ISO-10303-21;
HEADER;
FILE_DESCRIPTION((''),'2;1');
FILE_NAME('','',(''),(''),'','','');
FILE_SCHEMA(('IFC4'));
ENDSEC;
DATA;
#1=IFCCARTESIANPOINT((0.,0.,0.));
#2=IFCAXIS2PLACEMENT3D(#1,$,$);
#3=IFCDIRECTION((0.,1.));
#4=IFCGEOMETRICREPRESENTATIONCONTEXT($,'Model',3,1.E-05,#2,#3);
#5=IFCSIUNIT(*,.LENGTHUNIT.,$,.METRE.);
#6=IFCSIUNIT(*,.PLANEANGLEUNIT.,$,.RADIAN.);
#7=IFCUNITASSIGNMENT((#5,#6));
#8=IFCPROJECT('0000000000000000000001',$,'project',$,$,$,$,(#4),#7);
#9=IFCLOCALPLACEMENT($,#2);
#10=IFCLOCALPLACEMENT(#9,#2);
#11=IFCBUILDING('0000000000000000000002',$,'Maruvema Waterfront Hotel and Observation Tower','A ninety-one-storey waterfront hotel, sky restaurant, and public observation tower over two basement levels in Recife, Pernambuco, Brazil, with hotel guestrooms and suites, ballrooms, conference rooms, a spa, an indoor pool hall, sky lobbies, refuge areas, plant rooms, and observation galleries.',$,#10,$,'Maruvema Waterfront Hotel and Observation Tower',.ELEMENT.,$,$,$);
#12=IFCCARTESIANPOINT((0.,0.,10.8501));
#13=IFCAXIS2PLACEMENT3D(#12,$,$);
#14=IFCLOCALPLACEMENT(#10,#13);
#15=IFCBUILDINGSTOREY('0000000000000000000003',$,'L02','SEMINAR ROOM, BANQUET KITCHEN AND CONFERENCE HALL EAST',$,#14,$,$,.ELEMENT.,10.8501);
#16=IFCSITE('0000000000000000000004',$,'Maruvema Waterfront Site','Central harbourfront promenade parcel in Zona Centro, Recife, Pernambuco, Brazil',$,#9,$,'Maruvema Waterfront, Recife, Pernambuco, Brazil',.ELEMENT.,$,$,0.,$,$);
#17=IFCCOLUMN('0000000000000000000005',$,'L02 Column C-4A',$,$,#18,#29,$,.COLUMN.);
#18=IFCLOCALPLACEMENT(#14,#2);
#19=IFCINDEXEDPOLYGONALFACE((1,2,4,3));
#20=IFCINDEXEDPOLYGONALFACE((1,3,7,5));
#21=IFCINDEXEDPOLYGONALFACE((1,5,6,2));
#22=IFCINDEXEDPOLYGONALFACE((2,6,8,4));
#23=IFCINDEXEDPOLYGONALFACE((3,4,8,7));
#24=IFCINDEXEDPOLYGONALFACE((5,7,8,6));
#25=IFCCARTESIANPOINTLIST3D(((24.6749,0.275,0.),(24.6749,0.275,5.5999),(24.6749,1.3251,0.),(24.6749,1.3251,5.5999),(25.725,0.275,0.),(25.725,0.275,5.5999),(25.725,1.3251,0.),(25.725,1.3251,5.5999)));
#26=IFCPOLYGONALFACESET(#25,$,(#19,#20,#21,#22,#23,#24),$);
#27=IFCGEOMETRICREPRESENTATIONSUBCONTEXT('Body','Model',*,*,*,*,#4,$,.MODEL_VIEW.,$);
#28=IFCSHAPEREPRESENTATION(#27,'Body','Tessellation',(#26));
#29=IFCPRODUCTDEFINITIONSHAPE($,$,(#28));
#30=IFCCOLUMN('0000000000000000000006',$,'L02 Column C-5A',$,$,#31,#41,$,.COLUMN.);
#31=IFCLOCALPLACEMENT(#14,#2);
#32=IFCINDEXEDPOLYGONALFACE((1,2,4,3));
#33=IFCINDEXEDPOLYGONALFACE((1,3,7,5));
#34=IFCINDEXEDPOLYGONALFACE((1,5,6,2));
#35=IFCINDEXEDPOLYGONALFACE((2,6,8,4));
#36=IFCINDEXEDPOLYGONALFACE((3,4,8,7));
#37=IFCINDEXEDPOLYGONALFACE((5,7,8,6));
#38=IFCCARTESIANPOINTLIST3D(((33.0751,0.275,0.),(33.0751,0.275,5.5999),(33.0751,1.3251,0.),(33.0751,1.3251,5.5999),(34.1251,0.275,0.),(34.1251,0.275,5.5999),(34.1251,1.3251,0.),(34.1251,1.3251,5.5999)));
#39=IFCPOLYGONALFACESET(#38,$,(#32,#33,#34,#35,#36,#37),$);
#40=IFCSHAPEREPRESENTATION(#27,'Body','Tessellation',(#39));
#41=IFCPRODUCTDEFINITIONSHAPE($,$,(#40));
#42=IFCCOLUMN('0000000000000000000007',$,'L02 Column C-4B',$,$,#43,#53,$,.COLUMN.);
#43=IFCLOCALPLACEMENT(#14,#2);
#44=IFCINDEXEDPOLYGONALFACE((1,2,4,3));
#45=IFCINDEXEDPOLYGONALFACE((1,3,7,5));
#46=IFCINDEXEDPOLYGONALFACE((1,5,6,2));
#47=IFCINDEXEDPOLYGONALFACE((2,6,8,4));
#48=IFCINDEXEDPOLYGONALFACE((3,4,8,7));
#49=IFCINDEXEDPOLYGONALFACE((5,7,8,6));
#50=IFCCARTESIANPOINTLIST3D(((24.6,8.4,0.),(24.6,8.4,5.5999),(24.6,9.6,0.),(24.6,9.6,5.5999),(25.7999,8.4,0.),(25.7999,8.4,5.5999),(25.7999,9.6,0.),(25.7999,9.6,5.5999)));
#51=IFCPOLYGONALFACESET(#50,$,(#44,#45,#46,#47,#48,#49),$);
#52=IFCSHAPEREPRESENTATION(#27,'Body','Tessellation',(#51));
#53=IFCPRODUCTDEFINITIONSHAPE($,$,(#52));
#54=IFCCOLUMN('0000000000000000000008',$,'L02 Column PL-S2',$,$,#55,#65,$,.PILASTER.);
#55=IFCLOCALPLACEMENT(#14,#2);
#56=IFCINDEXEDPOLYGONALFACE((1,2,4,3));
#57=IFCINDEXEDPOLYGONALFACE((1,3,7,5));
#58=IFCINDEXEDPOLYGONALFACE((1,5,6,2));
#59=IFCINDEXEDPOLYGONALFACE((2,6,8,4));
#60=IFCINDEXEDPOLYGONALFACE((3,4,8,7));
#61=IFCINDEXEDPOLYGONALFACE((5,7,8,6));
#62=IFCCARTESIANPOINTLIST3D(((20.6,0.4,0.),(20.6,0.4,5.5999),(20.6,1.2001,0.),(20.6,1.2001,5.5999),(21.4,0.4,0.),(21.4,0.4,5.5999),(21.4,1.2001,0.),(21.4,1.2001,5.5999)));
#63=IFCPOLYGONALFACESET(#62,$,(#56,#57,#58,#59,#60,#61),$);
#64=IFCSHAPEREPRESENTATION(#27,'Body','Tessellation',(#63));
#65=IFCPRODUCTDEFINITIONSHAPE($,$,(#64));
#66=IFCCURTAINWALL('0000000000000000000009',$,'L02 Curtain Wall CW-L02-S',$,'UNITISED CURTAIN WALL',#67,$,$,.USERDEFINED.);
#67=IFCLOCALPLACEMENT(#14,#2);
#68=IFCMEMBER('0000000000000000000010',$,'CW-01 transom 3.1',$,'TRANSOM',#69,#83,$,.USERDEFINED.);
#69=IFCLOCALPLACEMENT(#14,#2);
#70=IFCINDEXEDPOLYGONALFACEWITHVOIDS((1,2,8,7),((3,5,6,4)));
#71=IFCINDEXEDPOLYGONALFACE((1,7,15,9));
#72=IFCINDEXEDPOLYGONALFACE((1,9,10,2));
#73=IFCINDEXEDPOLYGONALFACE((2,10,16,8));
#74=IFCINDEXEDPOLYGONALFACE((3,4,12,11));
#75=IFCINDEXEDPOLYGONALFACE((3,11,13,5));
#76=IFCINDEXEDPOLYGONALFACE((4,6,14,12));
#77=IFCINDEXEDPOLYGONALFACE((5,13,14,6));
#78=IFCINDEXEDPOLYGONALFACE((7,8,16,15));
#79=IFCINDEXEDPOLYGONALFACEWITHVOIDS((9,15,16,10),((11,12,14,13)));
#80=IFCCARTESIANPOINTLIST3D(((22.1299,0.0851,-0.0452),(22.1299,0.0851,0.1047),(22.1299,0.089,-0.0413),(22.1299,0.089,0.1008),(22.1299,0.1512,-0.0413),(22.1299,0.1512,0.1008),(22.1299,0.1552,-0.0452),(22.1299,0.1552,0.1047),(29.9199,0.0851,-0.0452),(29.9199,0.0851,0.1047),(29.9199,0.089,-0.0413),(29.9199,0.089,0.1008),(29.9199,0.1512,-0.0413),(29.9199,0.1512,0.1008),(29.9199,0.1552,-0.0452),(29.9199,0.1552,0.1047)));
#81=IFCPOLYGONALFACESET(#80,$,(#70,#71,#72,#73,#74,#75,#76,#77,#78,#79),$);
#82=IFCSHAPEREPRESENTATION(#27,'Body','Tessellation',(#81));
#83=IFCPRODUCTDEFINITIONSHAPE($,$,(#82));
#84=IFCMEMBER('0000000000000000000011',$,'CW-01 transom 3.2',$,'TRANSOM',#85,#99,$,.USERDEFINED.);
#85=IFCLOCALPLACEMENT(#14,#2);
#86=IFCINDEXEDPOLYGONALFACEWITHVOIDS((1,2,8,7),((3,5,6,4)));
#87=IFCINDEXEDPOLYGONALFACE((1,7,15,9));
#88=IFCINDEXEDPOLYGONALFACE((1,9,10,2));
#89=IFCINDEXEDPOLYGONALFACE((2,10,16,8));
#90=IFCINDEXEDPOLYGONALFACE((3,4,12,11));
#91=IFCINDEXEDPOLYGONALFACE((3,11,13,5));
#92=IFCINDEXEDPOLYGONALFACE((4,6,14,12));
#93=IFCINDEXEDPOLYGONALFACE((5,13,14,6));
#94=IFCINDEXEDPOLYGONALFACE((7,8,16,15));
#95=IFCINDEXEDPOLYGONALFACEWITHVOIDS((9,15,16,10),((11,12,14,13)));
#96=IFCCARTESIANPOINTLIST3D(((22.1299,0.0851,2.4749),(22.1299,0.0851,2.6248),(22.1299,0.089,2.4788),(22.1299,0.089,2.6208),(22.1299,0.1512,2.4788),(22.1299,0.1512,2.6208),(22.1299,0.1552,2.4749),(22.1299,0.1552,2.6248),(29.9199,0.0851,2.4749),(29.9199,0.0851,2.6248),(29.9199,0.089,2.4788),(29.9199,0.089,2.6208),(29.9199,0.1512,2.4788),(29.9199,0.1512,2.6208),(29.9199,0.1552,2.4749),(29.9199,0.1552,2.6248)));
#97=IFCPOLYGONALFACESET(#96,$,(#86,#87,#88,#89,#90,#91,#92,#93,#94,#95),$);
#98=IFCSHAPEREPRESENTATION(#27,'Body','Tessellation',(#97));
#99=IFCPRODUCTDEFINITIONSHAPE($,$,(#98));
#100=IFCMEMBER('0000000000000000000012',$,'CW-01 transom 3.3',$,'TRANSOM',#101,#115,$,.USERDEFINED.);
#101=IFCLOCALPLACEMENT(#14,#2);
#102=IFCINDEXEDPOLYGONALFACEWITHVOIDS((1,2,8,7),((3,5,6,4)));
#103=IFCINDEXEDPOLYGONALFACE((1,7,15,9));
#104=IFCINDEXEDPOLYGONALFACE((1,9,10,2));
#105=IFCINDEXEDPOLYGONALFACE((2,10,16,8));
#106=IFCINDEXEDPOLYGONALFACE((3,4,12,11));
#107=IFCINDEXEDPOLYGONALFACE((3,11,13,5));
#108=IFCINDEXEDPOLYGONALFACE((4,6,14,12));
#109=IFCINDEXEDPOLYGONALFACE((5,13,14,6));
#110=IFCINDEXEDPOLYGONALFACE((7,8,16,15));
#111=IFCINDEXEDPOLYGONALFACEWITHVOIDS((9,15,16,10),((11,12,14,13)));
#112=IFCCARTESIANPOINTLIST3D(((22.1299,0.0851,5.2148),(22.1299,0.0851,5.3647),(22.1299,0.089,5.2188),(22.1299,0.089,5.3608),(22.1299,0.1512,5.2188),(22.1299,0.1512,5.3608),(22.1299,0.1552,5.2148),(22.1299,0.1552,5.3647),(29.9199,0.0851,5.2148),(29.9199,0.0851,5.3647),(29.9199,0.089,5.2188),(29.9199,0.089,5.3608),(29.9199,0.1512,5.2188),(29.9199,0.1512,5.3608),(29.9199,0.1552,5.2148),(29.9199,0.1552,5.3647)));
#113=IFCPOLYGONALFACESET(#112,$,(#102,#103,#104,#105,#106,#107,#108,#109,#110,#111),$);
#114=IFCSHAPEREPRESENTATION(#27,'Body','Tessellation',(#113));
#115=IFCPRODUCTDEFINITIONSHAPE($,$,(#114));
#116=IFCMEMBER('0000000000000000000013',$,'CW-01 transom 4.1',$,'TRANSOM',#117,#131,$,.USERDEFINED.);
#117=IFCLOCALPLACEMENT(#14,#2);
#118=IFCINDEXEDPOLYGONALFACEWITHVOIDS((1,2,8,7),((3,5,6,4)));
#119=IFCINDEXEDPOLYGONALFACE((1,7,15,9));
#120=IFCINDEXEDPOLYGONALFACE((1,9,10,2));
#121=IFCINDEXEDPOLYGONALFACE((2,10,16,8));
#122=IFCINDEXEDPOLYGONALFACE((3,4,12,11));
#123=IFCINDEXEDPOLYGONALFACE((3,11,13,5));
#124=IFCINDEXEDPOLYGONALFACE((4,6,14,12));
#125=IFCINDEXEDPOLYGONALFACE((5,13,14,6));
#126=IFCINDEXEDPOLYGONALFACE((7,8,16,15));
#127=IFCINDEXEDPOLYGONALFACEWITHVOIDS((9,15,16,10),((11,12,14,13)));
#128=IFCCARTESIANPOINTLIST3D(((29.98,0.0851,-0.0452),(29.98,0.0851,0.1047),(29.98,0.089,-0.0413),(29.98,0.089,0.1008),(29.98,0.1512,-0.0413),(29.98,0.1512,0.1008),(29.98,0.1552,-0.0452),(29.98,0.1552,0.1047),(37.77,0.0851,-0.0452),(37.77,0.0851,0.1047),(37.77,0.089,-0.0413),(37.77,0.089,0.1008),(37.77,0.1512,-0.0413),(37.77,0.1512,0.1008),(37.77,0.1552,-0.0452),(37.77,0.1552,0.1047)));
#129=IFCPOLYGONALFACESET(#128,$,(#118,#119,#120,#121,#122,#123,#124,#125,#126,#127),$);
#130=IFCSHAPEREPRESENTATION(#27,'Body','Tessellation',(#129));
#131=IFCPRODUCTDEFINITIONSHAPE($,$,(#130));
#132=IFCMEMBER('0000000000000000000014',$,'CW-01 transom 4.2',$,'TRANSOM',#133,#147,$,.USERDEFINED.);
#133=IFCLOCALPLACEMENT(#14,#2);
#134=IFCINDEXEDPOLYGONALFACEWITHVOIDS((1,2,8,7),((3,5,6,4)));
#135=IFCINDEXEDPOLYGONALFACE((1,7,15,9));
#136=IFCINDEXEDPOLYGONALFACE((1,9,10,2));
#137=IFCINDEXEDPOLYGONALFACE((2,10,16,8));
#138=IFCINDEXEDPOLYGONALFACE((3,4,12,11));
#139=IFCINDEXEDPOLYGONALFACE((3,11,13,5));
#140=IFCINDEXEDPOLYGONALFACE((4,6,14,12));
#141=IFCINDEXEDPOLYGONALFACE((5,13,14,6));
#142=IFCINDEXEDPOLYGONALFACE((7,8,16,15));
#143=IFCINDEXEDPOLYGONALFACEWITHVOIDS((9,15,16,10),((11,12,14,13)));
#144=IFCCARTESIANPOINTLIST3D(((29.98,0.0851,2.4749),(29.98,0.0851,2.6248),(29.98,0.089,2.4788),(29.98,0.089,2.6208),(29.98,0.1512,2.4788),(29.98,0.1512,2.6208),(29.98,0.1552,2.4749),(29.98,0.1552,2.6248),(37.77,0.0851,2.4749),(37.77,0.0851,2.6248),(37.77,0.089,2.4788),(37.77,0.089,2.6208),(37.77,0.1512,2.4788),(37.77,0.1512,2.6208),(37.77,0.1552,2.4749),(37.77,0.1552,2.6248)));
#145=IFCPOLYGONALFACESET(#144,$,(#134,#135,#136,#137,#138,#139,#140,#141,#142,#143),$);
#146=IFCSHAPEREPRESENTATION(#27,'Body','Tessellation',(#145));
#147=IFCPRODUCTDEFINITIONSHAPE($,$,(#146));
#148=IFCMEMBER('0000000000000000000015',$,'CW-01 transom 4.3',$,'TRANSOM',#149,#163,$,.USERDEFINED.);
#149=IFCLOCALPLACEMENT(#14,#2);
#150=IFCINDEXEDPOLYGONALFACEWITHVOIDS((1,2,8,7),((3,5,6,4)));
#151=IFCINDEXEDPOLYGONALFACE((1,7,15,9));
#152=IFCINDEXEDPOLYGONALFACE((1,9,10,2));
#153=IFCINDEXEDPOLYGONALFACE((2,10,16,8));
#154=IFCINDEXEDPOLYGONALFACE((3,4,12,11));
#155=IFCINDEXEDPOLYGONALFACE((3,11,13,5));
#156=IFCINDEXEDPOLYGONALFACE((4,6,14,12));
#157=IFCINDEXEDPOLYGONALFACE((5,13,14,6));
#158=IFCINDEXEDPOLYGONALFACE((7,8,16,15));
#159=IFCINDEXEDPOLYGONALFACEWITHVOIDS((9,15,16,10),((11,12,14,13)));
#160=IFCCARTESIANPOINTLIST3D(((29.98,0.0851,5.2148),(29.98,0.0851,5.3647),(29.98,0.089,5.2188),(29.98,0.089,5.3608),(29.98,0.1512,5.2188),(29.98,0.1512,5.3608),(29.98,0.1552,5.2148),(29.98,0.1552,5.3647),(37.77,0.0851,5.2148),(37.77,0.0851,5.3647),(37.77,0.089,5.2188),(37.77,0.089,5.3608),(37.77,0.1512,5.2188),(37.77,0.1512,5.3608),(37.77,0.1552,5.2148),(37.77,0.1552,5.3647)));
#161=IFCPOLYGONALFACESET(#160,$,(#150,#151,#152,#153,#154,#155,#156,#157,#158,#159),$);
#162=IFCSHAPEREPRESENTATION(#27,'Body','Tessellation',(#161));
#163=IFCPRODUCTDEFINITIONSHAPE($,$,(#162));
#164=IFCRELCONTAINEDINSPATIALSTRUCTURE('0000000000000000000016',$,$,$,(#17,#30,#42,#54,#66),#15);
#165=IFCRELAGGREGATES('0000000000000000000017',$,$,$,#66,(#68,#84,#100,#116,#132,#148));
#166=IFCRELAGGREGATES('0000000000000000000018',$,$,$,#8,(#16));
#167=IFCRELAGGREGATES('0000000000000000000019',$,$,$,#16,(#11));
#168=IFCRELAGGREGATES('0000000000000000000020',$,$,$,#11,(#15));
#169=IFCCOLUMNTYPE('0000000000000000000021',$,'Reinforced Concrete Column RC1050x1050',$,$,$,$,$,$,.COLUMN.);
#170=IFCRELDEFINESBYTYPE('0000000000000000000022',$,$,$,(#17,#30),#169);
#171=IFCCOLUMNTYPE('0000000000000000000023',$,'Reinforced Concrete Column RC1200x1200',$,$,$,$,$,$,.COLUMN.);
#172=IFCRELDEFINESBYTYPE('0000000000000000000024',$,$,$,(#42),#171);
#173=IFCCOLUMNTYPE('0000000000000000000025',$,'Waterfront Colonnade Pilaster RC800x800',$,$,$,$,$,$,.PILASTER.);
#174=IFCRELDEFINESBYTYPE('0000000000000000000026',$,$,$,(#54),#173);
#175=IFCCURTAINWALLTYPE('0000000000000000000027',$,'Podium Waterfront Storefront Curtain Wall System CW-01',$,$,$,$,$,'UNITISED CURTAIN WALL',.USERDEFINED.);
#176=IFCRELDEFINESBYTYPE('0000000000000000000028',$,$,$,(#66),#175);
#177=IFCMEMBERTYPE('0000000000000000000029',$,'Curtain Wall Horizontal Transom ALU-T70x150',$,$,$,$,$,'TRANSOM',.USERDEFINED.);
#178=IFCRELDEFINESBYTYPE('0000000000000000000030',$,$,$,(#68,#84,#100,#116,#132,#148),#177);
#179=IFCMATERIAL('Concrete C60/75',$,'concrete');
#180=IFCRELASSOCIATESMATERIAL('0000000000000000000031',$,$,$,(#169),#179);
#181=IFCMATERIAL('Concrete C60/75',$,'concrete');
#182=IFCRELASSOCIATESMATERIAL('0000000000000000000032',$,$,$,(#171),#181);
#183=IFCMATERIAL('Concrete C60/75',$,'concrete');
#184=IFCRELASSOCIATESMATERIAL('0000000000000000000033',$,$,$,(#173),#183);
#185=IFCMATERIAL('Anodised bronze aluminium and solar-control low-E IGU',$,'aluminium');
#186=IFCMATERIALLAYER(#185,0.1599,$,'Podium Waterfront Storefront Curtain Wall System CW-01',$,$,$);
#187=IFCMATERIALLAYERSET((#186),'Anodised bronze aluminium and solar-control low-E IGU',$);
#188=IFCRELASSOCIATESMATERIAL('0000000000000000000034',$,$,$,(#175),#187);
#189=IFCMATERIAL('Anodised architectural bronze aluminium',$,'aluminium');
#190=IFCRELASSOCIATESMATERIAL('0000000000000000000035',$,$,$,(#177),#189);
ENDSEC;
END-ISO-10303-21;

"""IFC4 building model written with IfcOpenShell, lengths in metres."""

from ifc_helpers import new_model, si_unit, direction, frame, origin, origin_2d, place, context, subcontext, project, spatial, rectangle, hollow_rectangle, extrude, material, layer, layer_set, material_profile, profile_set, type_object, element, aggregate, save


model = new_model("IFC4")

# Units and contexts
model_context = context("Model", 3, precision=1e-05, world=origin(), true_north=direction((0.0, 1.0)))
body_context = subcontext(model_context, "Body", "Model", "MODEL_VIEW")
ifc_project = project(units=[si_unit("LENGTHUNIT", "METRE"), si_unit("PLANEANGLEUNIT", "RADIAN")], contexts=[model_context])

# Site, building, storey
site_placement = place(None, origin())
site = spatial("IfcSite", under=ifc_project, at=site_placement, Name="Maruvema Waterfront Site", Description="Central harbourfront promenade parcel in Zona Centro, Recife, Pernambuco, Brazil", LongName="Maruvema Waterfront, Recife, Pernambuco, Brazil", CompositionType="ELEMENT", RefElevation=0.0)
building_placement = place(site_placement, origin())
building = spatial("IfcBuilding", under=site, at=building_placement, Name="Maruvema Waterfront Hotel and Observation Tower", Description="A ninety-one-storey waterfront hotel, sky restaurant, and public observation tower over two basement levels in Recife, Pernambuco, Brazil, with hotel guestrooms and suites, ballrooms, conference rooms, a spa, an indoor pool hall, sky lobbies, refuge areas, plant rooms, and observation galleries.", LongName="Maruvema Waterfront Hotel and Observation Tower", CompositionType="ELEMENT")
storey_placement = place(building_placement, frame((0.0, 0.0, 10.8501)))
storey = spatial("IfcBuildingStorey", under=building, at=storey_placement, Name="L02", Description="SEMINAR ROOM, BANQUET KITCHEN AND CONFERENCE HALL EAST", CompositionType="ELEMENT", Elevation=10.8501)

# Columns
ifc_material_1 = material(Name="Concrete C60/75", Category="concrete")
ifc_material_profile_1 = material_profile(ifc_material_1, rectangle(XDim=1.05, YDim=1.05, at=origin_2d()), Name="RC1050x1050")
ifc_profile_set_1 = profile_set([ifc_material_profile_1], Name="Concrete C60/75")
column_type_1 = type_object("IfcColumnType", Name="Reinforced Concrete Column RC1050x1050", PredefinedType="COLUMN", material=ifc_profile_set_1)
for number, where, z_axis, x_axis, name in (
    (1, (25.2, 0.8, 0.0), (0.0, 0.0, 1.0), (1.0, 0.0, 0.0), "L02 Column C-4A"),
    (2, (33.6001, 0.8, 0.0), (0.0, 0.0, 1.0), (1.0, 0.0, 0.0), "L02 Column C-5A"),
):
    element("IfcColumn", number, at=place(storey_placement, frame(where, z_axis=z_axis, x_axis=x_axis)), inside=storey, type_object=column_type_1, Name=name, PredefinedType="COLUMN", context=body_context, shape_type="SweptSolid", body=[
        extrude(rectangle(XDim=1.05, YDim=1.05, at=origin_2d()), origin(), (0.0, 0.0, 1.0), 5.5999),
    ])
ifc_material_2 = material(Name="Concrete C60/75", Category="concrete")
ifc_material_profile_2 = material_profile(ifc_material_2, rectangle(XDim=1.2, YDim=1.2, at=origin_2d()), Name="RC1200x1200")
ifc_profile_set_2 = profile_set([ifc_material_profile_2], Name="Concrete C60/75")
column_type_2 = type_object("IfcColumnType", Name="Reinforced Concrete Column RC1200x1200", PredefinedType="COLUMN", material=ifc_profile_set_2)
column_1_placement = place(storey_placement, frame((25.2, 9.0, 0.0), z_axis=(0.0, 0.0, 1.0), x_axis=(1.0, 0.0, 0.0)))
element("IfcColumn", 3, at=column_1_placement, inside=storey, type_object=column_type_2, Name="L02 Column C-4B", PredefinedType="COLUMN", context=body_context, shape_type="SweptSolid", body=[
    extrude(rectangle(XDim=1.2, YDim=1.2, at=origin_2d()), origin(), (0.0, 0.0, 1.0), 5.5999),
])
ifc_material_3 = material(Name="Concrete C60/75", Category="concrete")
ifc_material_profile_3 = material_profile(ifc_material_3, rectangle(XDim=0.8, YDim=0.8, at=origin_2d()), Name="RC800x800")
ifc_profile_set_3 = profile_set([ifc_material_profile_3], Name="Concrete C60/75")
column_type_3 = type_object("IfcColumnType", Name="Waterfront Colonnade Pilaster RC800x800", PredefinedType="PILASTER", material=ifc_profile_set_3)
column_2_placement = place(storey_placement, frame((21.0, 0.8, 0.0), z_axis=(0.0, 0.0, 1.0), x_axis=(1.0, 0.0, 0.0)))
element("IfcColumn", 4, at=column_2_placement, inside=storey, type_object=column_type_3, Name="L02 Column PL-S2", PredefinedType="PILASTER", context=body_context, shape_type="SweptSolid", body=[
    extrude(rectangle(XDim=0.8, YDim=0.8, at=origin_2d()), origin(), (0.0, 0.0, 1.0), 5.5999),
])

# Curtain wall, members
ifc_material_4 = material(Name="Anodised bronze aluminium and solar-control low-E IGU", Category="aluminium")
ifc_layer_1 = layer(ifc_material_4, 0.1599, Name="Podium Waterfront Storefront Curtain Wall System CW-01")
ifc_layer_set_1 = layer_set([ifc_layer_1], Name="Anodised bronze aluminium and solar-control low-E IGU")
curtain_wall_type = type_object("IfcCurtainWallType", Name="Podium Waterfront Storefront Curtain Wall System CW-01", ElementType="UNITISED CURTAIN WALL", PredefinedType="USERDEFINED", material=ifc_layer_set_1)
curtain_wall_placement = place(storey_placement, origin())
curtain_wall = element("IfcCurtainWall", 5, at=curtain_wall_placement, inside=storey, type_object=curtain_wall_type, Name="L02 Curtain Wall CW-L02-S", ObjectType="UNITISED CURTAIN WALL", PredefinedType="USERDEFINED")
ifc_material_5 = material(Name="Anodised architectural bronze aluminium", Category="aluminium")
ifc_material_profile_4 = material_profile(ifc_material_5, hollow_rectangle(XDim=0.0701, YDim=0.1499, WallThickness=0.0039, at=origin_2d()), Name="ALU-T70x150")
ifc_profile_set_4 = profile_set([ifc_material_profile_4], Name="Anodised architectural bronze aluminium")
member_type_1 = type_object("IfcMemberType", Name="Curtain Wall Horizontal Transom ALU-T70x150", ElementType="TRANSOM", PredefinedType="USERDEFINED", material=ifc_profile_set_4)
member_1_placement = place(storey_placement, frame((22.1299, 0.1201, 0.0298), z_axis=(1.0, 0.0, 0.0), x_axis=(0.0, 1.0, 0.0)))
member_1 = element("IfcMember", 6, at=member_1_placement, type_object=member_type_1, Name="CW-01 transom 3.1", ObjectType="TRANSOM", PredefinedType="USERDEFINED", context=body_context, shape_type="SweptSolid", body=[
    extrude(hollow_rectangle(XDim=0.0701, YDim=0.1499, WallThickness=0.0039, at=origin_2d()), origin(), (0.0, 0.0, 1.0), 7.79),
])
member_2_placement = place(storey_placement, frame((22.1299, 0.1201, 2.5498), z_axis=(1.0, 0.0, 0.0), x_axis=(0.0, 1.0, 0.0)))
member_2 = element("IfcMember", 7, at=member_2_placement, type_object=member_type_1, Name="CW-01 transom 3.2", ObjectType="TRANSOM", PredefinedType="USERDEFINED", context=body_context, shape_type="SweptSolid", body=[
    extrude(hollow_rectangle(XDim=0.0701, YDim=0.1499, WallThickness=0.0039, at=origin_2d()), origin(), (0.0, 0.0, 1.0), 7.79),
])
member_3_placement = place(storey_placement, frame((22.1299, 0.1201, 5.2898), z_axis=(1.0, 0.0, 0.0), x_axis=(0.0, 1.0, 0.0)))
member_3 = element("IfcMember", 8, at=member_3_placement, type_object=member_type_1, Name="CW-01 transom 3.3", ObjectType="TRANSOM", PredefinedType="USERDEFINED", context=body_context, shape_type="SweptSolid", body=[
    extrude(hollow_rectangle(XDim=0.0701, YDim=0.1499, WallThickness=0.0039, at=origin_2d()), origin(), (0.0, 0.0, 1.0), 7.79),
])
member_4_placement = place(storey_placement, frame((29.98, 0.1201, 0.0298), z_axis=(1.0, 0.0, 0.0), x_axis=(0.0, 1.0, 0.0)))
member_4 = element("IfcMember", 9, at=member_4_placement, type_object=member_type_1, Name="CW-01 transom 4.1", ObjectType="TRANSOM", PredefinedType="USERDEFINED", context=body_context, shape_type="SweptSolid", body=[
    extrude(hollow_rectangle(XDim=0.0701, YDim=0.1499, WallThickness=0.0039, at=origin_2d()), origin(), (0.0, 0.0, 1.0), 7.79),
])
member_5_placement = place(storey_placement, frame((29.98, 0.1201, 2.5498), z_axis=(1.0, 0.0, 0.0), x_axis=(0.0, 1.0, 0.0)))
member_5 = element("IfcMember", 10, at=member_5_placement, type_object=member_type_1, Name="CW-01 transom 4.2", ObjectType="TRANSOM", PredefinedType="USERDEFINED", context=body_context, shape_type="SweptSolid", body=[
    extrude(hollow_rectangle(XDim=0.0701, YDim=0.1499, WallThickness=0.0039, at=origin_2d()), origin(), (0.0, 0.0, 1.0), 7.79),
])
member_6_placement = place(storey_placement, frame((29.98, 0.1201, 5.2898), z_axis=(1.0, 0.0, 0.0), x_axis=(0.0, 1.0, 0.0)))
member_6 = element("IfcMember", 11, at=member_6_placement, type_object=member_type_1, Name="CW-01 transom 4.3", ObjectType="TRANSOM", PredefinedType="USERDEFINED", context=body_context, shape_type="SweptSolid", body=[
    extrude(hollow_rectangle(XDim=0.0701, YDim=0.1499, WallThickness=0.0039, at=origin_2d()), origin(), (0.0, 0.0, 1.0), 7.79),
])

aggregate(curtain_wall, [member_1, member_2, member_3, member_4, member_5, member_6])

save(model, "model.ifc")
